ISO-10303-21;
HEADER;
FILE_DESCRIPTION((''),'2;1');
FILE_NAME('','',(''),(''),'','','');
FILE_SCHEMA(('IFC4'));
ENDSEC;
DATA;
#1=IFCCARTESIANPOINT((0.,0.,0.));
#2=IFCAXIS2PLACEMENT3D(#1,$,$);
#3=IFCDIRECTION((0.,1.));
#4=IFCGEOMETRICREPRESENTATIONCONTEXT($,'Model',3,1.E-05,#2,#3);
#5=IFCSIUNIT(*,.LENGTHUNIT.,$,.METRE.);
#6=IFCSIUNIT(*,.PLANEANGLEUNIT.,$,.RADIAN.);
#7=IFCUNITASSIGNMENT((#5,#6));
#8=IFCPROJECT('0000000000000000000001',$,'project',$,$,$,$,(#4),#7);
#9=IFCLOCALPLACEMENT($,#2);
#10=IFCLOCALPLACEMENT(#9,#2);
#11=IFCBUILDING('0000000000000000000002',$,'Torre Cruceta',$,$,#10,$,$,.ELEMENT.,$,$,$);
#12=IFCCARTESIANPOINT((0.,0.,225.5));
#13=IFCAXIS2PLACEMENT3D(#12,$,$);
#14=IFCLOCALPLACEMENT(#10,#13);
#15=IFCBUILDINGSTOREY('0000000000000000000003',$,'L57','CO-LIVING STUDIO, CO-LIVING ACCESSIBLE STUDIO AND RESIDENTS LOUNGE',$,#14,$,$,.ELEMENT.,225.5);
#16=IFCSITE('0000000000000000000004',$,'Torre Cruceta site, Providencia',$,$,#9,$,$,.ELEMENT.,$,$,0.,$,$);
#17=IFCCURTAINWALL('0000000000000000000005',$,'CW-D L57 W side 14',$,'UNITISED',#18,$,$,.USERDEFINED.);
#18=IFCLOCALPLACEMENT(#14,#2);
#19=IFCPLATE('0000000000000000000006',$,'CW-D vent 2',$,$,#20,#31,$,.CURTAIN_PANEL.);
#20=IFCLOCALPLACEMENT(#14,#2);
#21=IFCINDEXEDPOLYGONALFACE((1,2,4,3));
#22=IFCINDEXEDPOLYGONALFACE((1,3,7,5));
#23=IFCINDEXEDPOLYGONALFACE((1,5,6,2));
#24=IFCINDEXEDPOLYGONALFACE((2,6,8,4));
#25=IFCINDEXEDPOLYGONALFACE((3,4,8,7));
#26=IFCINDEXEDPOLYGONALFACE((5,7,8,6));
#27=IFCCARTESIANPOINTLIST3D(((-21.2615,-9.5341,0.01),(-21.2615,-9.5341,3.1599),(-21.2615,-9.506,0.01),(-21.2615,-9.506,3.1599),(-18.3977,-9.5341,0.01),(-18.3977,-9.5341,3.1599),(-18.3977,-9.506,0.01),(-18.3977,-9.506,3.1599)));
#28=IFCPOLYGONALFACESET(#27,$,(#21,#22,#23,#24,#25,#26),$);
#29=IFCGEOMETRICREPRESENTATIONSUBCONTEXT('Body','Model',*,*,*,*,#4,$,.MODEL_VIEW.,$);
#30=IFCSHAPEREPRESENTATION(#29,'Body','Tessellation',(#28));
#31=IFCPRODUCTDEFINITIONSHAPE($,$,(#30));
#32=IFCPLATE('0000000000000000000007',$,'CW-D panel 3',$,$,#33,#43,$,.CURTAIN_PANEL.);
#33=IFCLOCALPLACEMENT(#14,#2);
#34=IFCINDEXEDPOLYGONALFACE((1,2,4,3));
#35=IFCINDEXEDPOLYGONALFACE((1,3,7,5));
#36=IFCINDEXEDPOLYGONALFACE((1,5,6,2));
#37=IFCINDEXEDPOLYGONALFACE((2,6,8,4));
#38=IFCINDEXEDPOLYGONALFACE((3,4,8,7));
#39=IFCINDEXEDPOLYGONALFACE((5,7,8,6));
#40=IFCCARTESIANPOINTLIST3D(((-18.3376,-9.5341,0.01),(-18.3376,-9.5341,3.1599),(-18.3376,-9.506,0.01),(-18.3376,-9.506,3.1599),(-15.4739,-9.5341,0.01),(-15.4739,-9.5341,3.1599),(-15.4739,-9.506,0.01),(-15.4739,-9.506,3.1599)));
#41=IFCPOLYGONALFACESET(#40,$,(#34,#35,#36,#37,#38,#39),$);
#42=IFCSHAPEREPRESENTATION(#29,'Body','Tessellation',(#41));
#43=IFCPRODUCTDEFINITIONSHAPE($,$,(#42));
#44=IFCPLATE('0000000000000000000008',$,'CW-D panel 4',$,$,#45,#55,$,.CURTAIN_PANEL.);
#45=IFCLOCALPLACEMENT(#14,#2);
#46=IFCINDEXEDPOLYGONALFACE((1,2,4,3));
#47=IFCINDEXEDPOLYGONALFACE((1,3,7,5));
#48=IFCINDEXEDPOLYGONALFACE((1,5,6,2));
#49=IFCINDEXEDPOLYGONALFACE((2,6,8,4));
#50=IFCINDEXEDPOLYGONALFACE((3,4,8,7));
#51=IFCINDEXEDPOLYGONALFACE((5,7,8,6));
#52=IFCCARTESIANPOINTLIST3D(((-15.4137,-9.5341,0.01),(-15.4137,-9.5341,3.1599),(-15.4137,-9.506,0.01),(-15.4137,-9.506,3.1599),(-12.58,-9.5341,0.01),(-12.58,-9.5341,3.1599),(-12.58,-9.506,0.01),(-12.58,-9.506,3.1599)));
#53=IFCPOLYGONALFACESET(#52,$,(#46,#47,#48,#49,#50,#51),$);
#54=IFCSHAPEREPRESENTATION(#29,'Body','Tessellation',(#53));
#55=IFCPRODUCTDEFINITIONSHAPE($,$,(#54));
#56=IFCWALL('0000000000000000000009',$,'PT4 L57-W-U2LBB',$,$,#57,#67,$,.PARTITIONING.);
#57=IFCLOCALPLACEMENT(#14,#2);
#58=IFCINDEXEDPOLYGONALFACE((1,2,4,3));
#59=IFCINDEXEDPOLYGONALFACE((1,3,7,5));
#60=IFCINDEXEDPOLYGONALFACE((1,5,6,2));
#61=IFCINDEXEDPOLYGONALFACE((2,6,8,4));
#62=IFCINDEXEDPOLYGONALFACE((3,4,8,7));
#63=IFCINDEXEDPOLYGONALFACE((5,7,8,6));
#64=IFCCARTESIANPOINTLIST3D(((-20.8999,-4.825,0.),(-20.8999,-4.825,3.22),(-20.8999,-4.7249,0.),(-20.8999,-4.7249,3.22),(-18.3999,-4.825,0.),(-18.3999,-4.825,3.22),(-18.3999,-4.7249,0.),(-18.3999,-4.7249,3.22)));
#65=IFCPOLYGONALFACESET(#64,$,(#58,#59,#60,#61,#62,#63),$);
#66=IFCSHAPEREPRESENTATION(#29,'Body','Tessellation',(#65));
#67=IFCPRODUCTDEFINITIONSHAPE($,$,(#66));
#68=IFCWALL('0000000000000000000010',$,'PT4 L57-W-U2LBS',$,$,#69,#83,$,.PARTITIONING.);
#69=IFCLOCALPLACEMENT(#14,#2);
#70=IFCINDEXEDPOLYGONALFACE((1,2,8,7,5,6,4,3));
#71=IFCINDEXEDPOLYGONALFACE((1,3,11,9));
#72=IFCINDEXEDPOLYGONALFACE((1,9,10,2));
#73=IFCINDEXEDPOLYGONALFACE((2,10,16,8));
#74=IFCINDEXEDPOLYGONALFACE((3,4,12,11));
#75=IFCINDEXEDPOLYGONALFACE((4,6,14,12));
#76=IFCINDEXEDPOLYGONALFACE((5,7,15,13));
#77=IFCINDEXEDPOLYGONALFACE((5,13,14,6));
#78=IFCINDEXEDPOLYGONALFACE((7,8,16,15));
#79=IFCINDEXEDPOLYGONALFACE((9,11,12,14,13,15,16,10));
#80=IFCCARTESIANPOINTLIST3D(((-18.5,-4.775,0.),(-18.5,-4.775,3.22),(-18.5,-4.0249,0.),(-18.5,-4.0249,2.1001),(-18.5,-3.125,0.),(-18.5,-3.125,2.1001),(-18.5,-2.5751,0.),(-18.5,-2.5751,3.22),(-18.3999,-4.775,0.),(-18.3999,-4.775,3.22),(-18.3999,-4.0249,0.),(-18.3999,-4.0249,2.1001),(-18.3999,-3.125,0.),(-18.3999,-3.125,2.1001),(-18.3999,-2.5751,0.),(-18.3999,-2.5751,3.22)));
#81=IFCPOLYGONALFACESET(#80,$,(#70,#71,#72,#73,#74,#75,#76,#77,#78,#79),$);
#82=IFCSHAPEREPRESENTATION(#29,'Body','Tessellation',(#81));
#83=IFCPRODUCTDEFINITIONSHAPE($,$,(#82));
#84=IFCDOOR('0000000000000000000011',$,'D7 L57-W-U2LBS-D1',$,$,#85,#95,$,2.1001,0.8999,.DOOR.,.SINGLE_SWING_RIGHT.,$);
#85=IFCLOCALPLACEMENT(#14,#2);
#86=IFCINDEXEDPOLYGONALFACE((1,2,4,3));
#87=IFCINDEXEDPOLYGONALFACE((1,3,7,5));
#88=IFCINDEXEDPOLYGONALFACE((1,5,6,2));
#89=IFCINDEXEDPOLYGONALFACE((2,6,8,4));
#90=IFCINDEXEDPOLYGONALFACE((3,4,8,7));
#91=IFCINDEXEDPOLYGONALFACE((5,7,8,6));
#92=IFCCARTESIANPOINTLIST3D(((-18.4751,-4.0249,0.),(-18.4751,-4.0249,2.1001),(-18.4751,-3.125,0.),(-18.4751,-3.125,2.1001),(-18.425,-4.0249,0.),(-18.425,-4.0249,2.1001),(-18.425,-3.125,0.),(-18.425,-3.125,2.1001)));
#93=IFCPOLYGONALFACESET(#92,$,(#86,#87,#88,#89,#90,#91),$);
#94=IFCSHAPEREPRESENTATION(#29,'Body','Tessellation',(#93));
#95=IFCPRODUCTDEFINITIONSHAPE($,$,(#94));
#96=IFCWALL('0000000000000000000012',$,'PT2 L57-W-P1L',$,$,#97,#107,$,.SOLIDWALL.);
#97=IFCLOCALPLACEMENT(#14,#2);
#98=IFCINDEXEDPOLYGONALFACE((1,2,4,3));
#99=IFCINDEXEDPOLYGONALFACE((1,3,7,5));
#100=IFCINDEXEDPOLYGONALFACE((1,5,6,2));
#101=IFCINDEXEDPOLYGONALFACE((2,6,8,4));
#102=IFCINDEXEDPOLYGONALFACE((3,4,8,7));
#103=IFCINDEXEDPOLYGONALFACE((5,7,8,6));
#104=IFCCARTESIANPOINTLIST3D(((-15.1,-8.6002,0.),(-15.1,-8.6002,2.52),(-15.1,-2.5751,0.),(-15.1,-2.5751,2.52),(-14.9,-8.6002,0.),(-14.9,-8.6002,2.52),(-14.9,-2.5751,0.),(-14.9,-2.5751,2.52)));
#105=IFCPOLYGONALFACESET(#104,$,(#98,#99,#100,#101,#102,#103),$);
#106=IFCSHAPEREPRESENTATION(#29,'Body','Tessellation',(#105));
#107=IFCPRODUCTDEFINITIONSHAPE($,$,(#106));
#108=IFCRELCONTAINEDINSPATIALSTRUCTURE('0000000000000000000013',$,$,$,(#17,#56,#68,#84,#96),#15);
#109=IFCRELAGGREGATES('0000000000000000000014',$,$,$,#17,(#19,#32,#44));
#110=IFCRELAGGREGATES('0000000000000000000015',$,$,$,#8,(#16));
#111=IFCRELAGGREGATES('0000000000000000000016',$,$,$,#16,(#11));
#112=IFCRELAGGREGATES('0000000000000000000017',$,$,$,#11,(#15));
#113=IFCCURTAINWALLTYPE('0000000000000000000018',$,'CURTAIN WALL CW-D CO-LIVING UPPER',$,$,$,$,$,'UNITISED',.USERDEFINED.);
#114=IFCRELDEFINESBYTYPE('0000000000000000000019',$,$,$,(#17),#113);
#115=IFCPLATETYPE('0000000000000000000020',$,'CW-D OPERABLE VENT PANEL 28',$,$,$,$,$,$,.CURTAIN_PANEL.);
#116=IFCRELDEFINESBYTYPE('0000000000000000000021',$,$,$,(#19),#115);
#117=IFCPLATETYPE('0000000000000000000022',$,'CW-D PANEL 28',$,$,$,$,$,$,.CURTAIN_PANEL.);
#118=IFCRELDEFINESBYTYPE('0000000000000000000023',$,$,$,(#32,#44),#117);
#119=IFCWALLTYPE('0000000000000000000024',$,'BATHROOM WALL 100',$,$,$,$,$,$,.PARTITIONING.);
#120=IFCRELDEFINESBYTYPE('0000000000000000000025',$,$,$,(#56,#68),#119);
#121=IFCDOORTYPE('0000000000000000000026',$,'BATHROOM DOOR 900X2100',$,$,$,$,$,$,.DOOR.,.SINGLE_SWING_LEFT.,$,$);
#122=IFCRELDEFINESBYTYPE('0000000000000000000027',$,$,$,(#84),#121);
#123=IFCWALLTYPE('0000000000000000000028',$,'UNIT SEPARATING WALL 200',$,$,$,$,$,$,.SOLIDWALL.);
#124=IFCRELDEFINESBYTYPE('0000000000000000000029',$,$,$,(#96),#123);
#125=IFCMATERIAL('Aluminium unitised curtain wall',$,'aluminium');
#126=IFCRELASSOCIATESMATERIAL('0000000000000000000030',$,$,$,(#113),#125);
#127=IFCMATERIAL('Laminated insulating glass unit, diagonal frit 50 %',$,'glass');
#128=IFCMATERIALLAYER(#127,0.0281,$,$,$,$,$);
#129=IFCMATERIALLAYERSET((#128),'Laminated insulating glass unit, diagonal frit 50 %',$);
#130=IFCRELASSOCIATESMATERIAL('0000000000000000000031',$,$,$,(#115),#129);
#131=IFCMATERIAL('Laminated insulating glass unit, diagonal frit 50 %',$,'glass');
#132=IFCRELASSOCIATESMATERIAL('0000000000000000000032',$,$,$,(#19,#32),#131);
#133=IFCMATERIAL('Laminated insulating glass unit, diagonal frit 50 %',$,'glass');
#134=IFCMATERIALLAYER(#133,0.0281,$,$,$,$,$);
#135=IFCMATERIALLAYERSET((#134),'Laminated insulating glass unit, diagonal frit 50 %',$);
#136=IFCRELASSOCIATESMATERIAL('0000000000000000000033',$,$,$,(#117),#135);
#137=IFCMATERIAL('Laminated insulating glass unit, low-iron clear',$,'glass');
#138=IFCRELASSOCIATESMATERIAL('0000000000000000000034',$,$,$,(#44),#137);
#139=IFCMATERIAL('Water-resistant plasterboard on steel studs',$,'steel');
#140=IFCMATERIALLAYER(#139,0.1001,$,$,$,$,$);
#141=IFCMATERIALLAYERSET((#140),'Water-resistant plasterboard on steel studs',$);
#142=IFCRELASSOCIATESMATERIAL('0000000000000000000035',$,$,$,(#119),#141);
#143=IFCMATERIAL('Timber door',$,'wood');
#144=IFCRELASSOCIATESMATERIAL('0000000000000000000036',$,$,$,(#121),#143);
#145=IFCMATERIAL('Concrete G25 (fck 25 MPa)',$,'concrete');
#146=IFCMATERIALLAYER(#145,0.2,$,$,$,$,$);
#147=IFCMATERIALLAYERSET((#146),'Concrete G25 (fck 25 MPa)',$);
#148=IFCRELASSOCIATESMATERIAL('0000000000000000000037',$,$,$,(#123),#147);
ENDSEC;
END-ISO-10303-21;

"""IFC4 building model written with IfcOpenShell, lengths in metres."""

from ifc_helpers import new_model, si_unit, direction, frame, frame_2d, origin, origin_2d, place, context, subcontext, project, spatial, rectangle, extrude, material, layer, layer_set, type_object, element, fill, aggregate, save


model = new_model("IFC4")

# Units and contexts
model_context = context("Model", 3, precision=1e-05, world=origin(), true_north=direction((0.0, 1.0)))
body_context = subcontext(model_context, "Body", "Model", "MODEL_VIEW")
ifc_project = project(units=[si_unit("LENGTHUNIT", "METRE"), si_unit("PLANEANGLEUNIT", "RADIAN")], contexts=[model_context])

# Site, building, storey
site_placement = place(None, origin())
site = spatial("IfcSite", under=ifc_project, at=site_placement, Name="Torre Cruceta site, Providencia", CompositionType="ELEMENT", RefElevation=0.0)
building_placement = place(site_placement, origin())
building = spatial("IfcBuilding", under=site, at=building_placement, Name="Torre Cruceta", CompositionType="ELEMENT")
storey_placement = place(building_placement, frame((0.0, 0.0, 225.5)))
storey = spatial("IfcBuildingStorey", under=building, at=storey_placement, Name="L57", Description="CO-LIVING STUDIO, CO-LIVING ACCESSIBLE STUDIO AND RESIDENTS LOUNGE", CompositionType="ELEMENT", Elevation=225.5)

# Curtain wall
ifc_material_1 = material(Name="Aluminium unitised curtain wall", Category="aluminium")
curtain_wall_type = type_object("IfcCurtainWallType", Name="CURTAIN WALL CW-D CO-LIVING UPPER", ElementType="UNITISED", PredefinedType="USERDEFINED", material=ifc_material_1)
curtain_wall_placement = place(storey_placement, origin())
curtain_wall = element("IfcCurtainWall", 1, at=curtain_wall_placement, inside=storey, type_object=curtain_wall_type, Name="CW-D L57 W side 14", ObjectType="UNITISED", PredefinedType="USERDEFINED")

# Plates
ifc_material_2 = material(Name="Laminated insulating glass unit, diagonal frit 50 %", Category="glass")
ifc_material_3 = material(Name="Laminated insulating glass unit, diagonal frit 50 %", Category="glass")
ifc_layer_1 = layer(ifc_material_3, 0.0281)
ifc_layer_set_1 = layer_set([ifc_layer_1], Name="Laminated insulating glass unit, diagonal frit 50 %")
plate_type_1 = type_object("IfcPlateType", Name="CW-D OPERABLE VENT PANEL 28", PredefinedType="CURTAIN_PANEL", material=ifc_layer_set_1)
plate_1_placement = place(storey_placement, frame((-19.8296, -9.52, 0.01), z_axis=(0.0, 0.0, 1.0), x_axis=(1.0, 0.0, 0.0)))
plate_1 = element("IfcPlate", 2, at=plate_1_placement, type_object=plate_type_1, material=ifc_material_2, Name="CW-D vent 2", PredefinedType="CURTAIN_PANEL", context=body_context, shape_type="SweptSolid", body=[
    extrude(rectangle(XDim=2.8638, YDim=0.0281, at=origin_2d()), origin(), (0.0, 0.0, 1.0), 3.1499),
])
ifc_material_4 = material(Name="Laminated insulating glass unit, diagonal frit 50 %", Category="glass")
ifc_layer_2 = layer(ifc_material_4, 0.0281)
ifc_layer_set_2 = layer_set([ifc_layer_2], Name="Laminated insulating glass unit, diagonal frit 50 %")
plate_type_2 = type_object("IfcPlateType", Name="CW-D PANEL 28", PredefinedType="CURTAIN_PANEL", material=ifc_layer_set_2)
plate_2_placement = place(storey_placement, frame((-16.9058, -9.52, 0.01), z_axis=(0.0, 0.0, 1.0), x_axis=(1.0, 0.0, 0.0)))
plate_2 = element("IfcPlate", 3, at=plate_2_placement, type_object=plate_type_2, material=ifc_material_2, Name="CW-D panel 3", PredefinedType="CURTAIN_PANEL", context=body_context, shape_type="SweptSolid", body=[
    extrude(rectangle(XDim=2.8638, YDim=0.0281, at=origin_2d()), origin(), (0.0, 0.0, 1.0), 3.1499),
])
ifc_material_5 = material(Name="Laminated insulating glass unit, low-iron clear", Category="glass")
plate_3_placement = place(storey_placement, frame((-13.9968, -9.52, 0.01), z_axis=(0.0, 0.0, 1.0), x_axis=(1.0, 0.0, 0.0)))
plate_3 = element("IfcPlate", 4, at=plate_3_placement, type_object=plate_type_2, material=ifc_material_5, Name="CW-D panel 4", PredefinedType="CURTAIN_PANEL", context=body_context, shape_type="SweptSolid", body=[
    extrude(rectangle(XDim=2.8337, YDim=0.0281, at=origin_2d()), origin(), (0.0, 0.0, 1.0), 3.1499),
])
aggregate(curtain_wall, [plate_1, plate_2, plate_3])

# Wall
ifc_material_6 = material(Name="Water-resistant plasterboard on steel studs", Category="steel")
ifc_layer_3 = layer(ifc_material_6, 0.1001)
ifc_layer_set_3 = layer_set([ifc_layer_3], Name="Water-resistant plasterboard on steel studs")
wall_type_1 = type_object("IfcWallType", Name="BATHROOM WALL 100", PredefinedType="PARTITIONING", material=ifc_layer_set_3)
wall_1_placement = place(storey_placement, frame((-18.3999, -4.7749, 0.0), z_axis=(0.0, 0.0, 1.0), x_axis=(-1.0, 0.0, 0.0)))
element("IfcWall", 5, at=wall_1_placement, inside=storey, type_object=wall_type_1, Name="PT4 L57-W-U2LBB", PredefinedType="PARTITIONING", context=body_context, shape_type="SweptSolid", body=[
    extrude(rectangle(XDim=2.5, YDim=0.1001, at=frame_2d((1.25, 0.0))), origin(), (0.0, 0.0, 1.0), 3.22),
])

# Wall, opening, door
wall_2_placement = place(storey_placement, frame((-18.45, -2.575, 0.0), z_axis=(0.0, 0.0, 1.0), x_axis=(0.0, -1.0, 0.0)))
wall_2 = element("IfcWall", 6, at=wall_2_placement, inside=storey, type_object=wall_type_1, Name="PT4 L57-W-U2LBS", PredefinedType="PARTITIONING", context=body_context, shape_type="SweptSolid", body=[
    extrude(rectangle(XDim=2.2, YDim=0.1001, at=frame_2d((1.1001, 0.0))), origin(), (0.0, 0.0, 1.0), 3.22),
])
opening_placement = place(wall_2_placement, frame((0.55, 0.0, 0.0)))
opening = element("IfcOpeningElement", 7, at=opening_placement, cuts=wall_2, PredefinedType="OPENING", context=body_context, shape_type="SweptSolid", body=[
    extrude(rectangle(XDim=0.8999, YDim=2.1001, at=frame_2d((0.45, 1.05))), frame((0.0, 0.0601, 0.0), z_axis=(0.0, -1.0, 0.0), x_axis=(1.0, 0.0, 0.0)), (0.0, 0.0, 1.0), 0.1201),
])
ifc_material_7 = material(Name="Timber door", Category="wood")
door_type = type_object("IfcDoorType", Name="BATHROOM DOOR 900X2100", OperationType="SINGLE_SWING_LEFT", PredefinedType="DOOR", material=ifc_material_7)
door_placement = place(opening_placement, frame((0.8999, 0.0, 0.0), z_axis=(0.0, 0.0, 1.0), x_axis=(-1.0, 0.0, 0.0)))
door = element("IfcDoor", 8, at=door_placement, inside=storey, type_object=door_type, Name="D7 L57-W-U2LBS-D1", OperationType="SINGLE_SWING_RIGHT", OverallHeight=2.1001, OverallWidth=0.8999, PredefinedType="DOOR", context=body_context, shape_type="SweptSolid", body=[
    extrude(rectangle(XDim=0.8999, YDim=2.1001, at=frame_2d((0.45, 1.05))), frame((0.0, 0.0251, 0.0), z_axis=(0.0, -1.0, 0.0), x_axis=(1.0, 0.0, 0.0)), (0.0, 0.0, 1.0), 0.05),
])
fill(opening, door)

# Wall
ifc_material_8 = material(Name="Concrete G25 (fck 25 MPa)", Category="concrete")
ifc_layer_4 = layer(ifc_material_8, 0.2)
ifc_layer_set_4 = layer_set([ifc_layer_4], Name="Concrete G25 (fck 25 MPa)")
wall_type_2 = type_object("IfcWallType", Name="UNIT SEPARATING WALL 200", PredefinedType="SOLIDWALL", material=ifc_layer_set_4)
wall_3_placement = place(storey_placement, frame((-15.0, -2.575, 0.0), z_axis=(0.0, 0.0, 1.0), x_axis=(0.0, -1.0, 0.0)))
element("IfcWall", 9, at=wall_3_placement, inside=storey, type_object=wall_type_2, Name="PT2 L57-W-P1L", PredefinedType="SOLIDWALL", context=body_context, shape_type="SweptSolid", body=[
    extrude(rectangle(XDim=6.0251, YDim=0.2, at=frame_2d((3.0127, 0.0))), origin(), (0.0, 0.0, 1.0), 2.52),
])

save(model, "model.ifc")
